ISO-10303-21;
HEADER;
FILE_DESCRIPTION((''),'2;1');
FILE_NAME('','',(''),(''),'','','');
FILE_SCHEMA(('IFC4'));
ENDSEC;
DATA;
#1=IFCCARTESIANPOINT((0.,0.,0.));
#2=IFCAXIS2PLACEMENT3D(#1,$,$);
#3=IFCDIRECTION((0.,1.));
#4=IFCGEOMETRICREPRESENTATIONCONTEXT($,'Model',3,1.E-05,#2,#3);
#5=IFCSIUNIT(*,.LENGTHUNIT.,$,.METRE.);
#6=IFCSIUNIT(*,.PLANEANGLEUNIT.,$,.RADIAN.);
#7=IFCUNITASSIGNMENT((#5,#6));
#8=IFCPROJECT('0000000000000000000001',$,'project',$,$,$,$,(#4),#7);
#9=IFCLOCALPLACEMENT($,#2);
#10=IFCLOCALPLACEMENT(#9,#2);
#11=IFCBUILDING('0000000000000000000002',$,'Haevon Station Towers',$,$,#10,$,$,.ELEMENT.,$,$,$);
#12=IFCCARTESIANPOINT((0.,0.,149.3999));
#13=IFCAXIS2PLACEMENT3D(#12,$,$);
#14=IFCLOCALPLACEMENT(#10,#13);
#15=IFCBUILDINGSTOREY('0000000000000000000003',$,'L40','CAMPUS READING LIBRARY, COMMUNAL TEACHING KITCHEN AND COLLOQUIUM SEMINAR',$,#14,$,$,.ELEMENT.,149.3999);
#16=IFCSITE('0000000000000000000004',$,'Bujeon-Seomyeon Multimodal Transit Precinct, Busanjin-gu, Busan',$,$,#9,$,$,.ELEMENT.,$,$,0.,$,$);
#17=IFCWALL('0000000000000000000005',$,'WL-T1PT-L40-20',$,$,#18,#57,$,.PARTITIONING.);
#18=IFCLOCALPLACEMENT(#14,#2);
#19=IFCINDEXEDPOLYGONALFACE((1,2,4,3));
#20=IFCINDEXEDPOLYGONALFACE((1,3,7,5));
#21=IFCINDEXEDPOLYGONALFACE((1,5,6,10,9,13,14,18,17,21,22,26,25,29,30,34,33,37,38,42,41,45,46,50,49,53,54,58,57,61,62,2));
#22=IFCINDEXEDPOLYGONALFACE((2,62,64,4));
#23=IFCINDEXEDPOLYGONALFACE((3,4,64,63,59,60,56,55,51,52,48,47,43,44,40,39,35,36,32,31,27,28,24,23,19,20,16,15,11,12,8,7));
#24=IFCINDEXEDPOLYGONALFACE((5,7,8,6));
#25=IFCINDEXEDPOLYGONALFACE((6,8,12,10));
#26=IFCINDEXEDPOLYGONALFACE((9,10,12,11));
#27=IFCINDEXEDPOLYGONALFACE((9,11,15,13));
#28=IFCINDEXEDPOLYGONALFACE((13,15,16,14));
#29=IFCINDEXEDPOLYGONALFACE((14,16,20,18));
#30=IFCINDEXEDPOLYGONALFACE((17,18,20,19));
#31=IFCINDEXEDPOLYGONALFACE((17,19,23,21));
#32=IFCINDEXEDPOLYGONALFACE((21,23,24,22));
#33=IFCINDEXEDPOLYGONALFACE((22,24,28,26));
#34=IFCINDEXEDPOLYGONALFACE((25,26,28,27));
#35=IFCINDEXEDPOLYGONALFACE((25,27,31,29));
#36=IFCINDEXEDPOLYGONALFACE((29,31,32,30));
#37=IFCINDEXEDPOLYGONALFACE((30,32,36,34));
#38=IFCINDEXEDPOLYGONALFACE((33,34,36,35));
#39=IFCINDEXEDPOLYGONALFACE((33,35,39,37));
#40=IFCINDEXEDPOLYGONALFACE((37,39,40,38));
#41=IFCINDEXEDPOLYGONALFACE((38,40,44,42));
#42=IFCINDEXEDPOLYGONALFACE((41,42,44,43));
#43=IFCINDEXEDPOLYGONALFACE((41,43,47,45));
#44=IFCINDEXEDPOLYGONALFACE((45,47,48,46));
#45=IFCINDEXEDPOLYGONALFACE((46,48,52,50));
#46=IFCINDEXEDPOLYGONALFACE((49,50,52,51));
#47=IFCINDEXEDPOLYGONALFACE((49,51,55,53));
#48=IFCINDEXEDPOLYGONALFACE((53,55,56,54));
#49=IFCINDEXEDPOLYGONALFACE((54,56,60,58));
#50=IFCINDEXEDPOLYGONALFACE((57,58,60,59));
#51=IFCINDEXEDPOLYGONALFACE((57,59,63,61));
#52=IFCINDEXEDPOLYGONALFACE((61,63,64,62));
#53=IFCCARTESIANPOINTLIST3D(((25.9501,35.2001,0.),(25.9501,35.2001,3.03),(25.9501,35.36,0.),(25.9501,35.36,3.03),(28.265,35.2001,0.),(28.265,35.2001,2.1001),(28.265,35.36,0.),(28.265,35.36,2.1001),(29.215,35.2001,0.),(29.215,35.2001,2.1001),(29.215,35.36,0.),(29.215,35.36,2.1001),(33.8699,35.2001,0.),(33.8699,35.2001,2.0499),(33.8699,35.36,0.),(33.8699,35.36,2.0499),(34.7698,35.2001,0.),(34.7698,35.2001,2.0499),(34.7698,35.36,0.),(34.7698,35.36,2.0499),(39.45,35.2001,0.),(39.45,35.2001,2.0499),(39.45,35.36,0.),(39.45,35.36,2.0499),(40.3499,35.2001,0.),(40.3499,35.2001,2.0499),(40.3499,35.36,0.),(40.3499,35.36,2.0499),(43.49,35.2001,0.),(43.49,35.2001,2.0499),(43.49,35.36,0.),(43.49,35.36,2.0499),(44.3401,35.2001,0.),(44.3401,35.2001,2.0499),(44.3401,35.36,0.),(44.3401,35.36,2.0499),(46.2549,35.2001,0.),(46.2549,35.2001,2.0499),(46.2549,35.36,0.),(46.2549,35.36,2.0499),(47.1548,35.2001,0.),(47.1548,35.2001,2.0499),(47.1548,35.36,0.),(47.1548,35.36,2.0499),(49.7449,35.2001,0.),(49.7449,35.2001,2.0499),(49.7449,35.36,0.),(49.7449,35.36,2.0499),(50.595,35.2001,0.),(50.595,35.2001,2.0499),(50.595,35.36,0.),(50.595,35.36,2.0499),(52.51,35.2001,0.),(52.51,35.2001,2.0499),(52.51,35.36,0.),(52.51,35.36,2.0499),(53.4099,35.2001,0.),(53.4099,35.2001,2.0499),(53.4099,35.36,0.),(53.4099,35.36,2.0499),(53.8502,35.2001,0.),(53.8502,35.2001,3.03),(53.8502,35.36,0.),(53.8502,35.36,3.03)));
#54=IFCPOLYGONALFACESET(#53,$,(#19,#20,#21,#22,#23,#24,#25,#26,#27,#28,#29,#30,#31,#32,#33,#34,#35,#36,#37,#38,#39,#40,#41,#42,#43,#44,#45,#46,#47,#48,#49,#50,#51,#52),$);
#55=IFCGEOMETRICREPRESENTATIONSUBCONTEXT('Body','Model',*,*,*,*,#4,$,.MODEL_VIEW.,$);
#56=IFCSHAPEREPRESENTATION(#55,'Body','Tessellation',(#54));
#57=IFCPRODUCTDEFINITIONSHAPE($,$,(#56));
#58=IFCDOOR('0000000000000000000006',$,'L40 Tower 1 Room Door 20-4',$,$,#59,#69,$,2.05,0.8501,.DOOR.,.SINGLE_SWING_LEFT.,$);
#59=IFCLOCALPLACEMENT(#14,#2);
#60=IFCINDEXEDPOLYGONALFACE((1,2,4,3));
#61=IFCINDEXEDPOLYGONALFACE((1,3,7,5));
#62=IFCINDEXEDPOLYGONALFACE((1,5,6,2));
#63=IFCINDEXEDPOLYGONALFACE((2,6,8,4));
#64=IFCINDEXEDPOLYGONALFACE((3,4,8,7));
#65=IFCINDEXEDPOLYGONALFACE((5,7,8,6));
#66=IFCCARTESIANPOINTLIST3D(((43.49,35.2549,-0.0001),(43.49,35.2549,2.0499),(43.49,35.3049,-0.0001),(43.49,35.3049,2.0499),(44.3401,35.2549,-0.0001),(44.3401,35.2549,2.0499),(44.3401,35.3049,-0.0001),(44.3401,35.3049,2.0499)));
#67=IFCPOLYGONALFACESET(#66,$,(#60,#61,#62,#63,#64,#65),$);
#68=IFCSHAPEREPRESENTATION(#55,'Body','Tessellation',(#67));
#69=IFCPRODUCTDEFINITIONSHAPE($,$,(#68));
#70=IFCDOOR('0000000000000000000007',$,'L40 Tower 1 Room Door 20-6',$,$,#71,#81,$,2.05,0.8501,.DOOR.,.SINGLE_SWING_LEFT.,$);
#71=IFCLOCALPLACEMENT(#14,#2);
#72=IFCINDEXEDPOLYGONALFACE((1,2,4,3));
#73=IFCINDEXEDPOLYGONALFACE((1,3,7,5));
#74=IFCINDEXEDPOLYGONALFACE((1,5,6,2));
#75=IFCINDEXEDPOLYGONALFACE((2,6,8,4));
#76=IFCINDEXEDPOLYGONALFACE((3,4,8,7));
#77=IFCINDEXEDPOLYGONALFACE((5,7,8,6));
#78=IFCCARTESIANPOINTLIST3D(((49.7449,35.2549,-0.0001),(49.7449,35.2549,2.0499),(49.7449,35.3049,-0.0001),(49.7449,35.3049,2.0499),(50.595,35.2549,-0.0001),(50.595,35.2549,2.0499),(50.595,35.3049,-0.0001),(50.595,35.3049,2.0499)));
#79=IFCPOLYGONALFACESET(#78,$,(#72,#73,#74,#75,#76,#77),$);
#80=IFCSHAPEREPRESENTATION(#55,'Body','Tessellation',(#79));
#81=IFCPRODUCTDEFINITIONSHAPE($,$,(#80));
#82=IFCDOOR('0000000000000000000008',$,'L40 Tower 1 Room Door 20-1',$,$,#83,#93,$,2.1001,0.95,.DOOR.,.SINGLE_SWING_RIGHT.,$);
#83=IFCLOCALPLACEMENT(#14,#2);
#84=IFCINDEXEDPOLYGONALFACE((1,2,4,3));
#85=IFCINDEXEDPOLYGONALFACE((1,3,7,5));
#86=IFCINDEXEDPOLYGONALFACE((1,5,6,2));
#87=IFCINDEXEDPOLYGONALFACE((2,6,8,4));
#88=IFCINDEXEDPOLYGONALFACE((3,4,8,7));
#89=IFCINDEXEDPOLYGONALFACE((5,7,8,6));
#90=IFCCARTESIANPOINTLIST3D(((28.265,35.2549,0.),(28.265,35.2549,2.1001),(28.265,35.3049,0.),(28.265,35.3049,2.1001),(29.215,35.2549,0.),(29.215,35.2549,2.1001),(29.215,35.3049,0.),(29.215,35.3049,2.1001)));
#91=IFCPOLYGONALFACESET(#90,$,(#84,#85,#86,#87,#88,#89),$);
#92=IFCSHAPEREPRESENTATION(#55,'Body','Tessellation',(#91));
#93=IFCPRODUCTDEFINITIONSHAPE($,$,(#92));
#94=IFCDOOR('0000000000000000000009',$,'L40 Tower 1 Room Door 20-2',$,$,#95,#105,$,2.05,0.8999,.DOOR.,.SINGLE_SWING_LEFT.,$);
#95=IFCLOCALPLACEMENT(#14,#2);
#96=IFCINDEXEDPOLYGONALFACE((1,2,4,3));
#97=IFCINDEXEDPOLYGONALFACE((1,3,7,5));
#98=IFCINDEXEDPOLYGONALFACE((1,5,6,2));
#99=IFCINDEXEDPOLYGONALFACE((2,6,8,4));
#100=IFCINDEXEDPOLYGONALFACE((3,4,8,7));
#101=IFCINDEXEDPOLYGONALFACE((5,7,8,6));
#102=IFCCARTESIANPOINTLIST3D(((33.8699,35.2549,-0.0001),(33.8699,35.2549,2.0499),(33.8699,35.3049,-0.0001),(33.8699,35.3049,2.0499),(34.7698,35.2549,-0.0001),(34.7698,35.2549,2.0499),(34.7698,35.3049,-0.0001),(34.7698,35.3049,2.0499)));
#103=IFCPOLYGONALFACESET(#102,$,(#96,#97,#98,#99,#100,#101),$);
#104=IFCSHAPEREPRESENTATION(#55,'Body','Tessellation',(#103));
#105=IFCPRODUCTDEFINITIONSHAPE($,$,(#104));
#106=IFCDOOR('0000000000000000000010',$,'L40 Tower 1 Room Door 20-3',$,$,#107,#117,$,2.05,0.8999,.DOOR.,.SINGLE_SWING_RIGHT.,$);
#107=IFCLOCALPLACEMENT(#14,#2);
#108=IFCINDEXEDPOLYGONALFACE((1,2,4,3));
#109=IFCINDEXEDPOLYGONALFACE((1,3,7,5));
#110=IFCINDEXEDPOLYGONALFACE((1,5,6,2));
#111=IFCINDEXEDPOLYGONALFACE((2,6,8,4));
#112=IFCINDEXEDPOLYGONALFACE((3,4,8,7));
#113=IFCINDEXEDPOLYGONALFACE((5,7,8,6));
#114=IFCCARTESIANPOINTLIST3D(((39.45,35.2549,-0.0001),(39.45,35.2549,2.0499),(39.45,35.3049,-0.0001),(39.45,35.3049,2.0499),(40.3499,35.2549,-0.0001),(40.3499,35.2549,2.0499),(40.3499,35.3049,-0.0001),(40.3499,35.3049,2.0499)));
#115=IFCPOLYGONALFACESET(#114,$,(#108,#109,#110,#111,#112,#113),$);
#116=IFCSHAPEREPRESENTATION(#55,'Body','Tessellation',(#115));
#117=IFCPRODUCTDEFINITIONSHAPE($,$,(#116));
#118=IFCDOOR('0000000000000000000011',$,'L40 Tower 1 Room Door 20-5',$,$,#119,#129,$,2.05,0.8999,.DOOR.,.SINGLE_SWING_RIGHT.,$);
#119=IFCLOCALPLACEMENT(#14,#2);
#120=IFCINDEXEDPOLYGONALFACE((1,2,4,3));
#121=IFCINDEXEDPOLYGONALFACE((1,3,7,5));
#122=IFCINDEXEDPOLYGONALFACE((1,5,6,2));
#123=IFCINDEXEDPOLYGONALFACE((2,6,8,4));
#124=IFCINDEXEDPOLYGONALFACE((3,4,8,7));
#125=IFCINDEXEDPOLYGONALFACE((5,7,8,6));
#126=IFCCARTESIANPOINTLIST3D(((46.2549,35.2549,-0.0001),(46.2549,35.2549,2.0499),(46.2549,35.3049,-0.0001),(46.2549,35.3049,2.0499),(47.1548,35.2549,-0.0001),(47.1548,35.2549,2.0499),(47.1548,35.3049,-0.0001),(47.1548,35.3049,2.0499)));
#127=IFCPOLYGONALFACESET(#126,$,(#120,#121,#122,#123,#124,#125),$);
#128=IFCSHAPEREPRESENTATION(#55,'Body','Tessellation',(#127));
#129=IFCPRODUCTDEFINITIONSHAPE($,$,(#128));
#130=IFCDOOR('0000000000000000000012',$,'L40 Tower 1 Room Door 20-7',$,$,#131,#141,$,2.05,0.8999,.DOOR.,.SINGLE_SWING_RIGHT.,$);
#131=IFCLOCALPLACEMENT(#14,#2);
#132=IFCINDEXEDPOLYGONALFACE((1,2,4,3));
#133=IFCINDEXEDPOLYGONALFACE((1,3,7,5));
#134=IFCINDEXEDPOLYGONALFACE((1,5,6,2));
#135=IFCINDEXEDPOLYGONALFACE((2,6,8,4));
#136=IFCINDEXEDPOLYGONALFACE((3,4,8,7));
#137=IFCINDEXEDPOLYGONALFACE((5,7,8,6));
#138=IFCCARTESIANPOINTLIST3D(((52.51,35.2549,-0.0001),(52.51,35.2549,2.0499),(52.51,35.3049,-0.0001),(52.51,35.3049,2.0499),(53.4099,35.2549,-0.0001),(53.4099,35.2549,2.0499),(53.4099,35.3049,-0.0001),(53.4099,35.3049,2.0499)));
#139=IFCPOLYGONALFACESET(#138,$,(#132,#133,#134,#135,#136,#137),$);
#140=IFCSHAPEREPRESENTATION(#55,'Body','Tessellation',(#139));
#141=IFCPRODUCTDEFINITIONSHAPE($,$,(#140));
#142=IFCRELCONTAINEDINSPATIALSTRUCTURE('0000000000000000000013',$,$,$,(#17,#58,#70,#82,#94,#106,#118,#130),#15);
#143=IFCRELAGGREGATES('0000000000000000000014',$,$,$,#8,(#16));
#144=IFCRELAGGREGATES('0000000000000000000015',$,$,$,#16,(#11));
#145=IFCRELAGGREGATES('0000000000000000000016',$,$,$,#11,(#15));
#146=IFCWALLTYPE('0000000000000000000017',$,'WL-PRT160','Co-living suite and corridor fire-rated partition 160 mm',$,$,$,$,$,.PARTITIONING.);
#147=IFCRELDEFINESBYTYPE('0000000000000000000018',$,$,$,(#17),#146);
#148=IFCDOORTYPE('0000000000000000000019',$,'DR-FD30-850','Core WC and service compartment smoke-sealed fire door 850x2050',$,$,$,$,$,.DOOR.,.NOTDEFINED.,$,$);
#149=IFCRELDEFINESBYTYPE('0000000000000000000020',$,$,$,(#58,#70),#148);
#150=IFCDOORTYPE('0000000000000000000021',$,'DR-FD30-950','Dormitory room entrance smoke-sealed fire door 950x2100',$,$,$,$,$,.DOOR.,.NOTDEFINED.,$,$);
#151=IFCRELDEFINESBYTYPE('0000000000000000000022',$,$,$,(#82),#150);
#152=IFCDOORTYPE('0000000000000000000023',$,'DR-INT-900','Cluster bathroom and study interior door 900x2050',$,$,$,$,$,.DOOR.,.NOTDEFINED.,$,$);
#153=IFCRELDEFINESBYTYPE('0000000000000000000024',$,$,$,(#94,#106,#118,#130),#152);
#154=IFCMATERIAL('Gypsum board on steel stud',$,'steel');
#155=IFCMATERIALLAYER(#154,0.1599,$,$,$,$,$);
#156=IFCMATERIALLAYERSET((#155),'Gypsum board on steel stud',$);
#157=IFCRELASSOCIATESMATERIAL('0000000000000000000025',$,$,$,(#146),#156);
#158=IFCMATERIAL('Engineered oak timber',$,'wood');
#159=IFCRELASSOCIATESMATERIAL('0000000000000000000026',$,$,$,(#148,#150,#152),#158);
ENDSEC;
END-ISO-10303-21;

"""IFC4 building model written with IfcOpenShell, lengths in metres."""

from ifc_helpers import new_model, si_unit, direction, frame, frame_2d, origin, place, context, subcontext, project, spatial, rectangle, extrude, material, layer, layer_set, type_object, element, fill, save


model = new_model("IFC4")

# Units and contexts
model_context = context("Model", 3, precision=1e-05, world=origin(), true_north=direction((0.0, 1.0)))
body_context = subcontext(model_context, "Body", "Model", "MODEL_VIEW")
ifc_project = project(units=[si_unit("LENGTHUNIT", "METRE"), si_unit("PLANEANGLEUNIT", "RADIAN")], contexts=[model_context])

# Site, building, storey
site_placement = place(None, origin())
site = spatial("IfcSite", under=ifc_project, at=site_placement, Name="Bujeon-Seomyeon Multimodal Transit Precinct, Busanjin-gu, Busan", CompositionType="ELEMENT", RefElevation=0.0)
building_placement = place(site_placement, origin())
building = spatial("IfcBuilding", under=site, at=building_placement, Name="Haevon Station Towers", CompositionType="ELEMENT")
storey_placement = place(building_placement, frame((0.0, 0.0, 149.3999)))
storey = spatial("IfcBuildingStorey", under=building, at=storey_placement, Name="L40", Description="CAMPUS READING LIBRARY, COMMUNAL TEACHING KITCHEN AND COLLOQUIUM SEMINAR", CompositionType="ELEMENT", Elevation=149.3999)

# Shared definitions
ifc_material_1 = material(Name="Gypsum board on steel stud", Category="steel")
ifc_material_2 = material(Name="Engineered oak timber", Category="wood")

# Wall, openings, doors
ifc_layer_1 = layer(ifc_material_1, 0.1599)
ifc_layer_set_1 = layer_set([ifc_layer_1], Name="Gypsum board on steel stud")
wall_type_1 = type_object("IfcWallType", Name="WL-PRT160", Description="Co-living suite and corridor fire-rated partition 160 mm", PredefinedType="PARTITIONING", material=ifc_layer_set_1)
wall_1_placement = place(storey_placement, frame((25.95, 35.28, 0.0), z_axis=(0.0, 0.0, 1.0), x_axis=(1.0, 0.0, 0.0)))
wall_1 = element("IfcWall", 1, at=wall_1_placement, inside=storey, type_object=wall_type_1, Name="WL-T1PT-L40-20", PredefinedType="PARTITIONING", context=body_context, shape_type="SweptSolid", body=[
    extrude(rectangle(XDim=27.9001, YDim=0.1599, at=frame_2d((13.9502, 0.0))), origin(), (0.0, 0.0, 1.0), 3.03),
])
opening_1_placement = place(wall_1_placement, frame((2.3149, 0.0, 0.0)))
opening_1 = element("IfcOpeningElement", 2, at=opening_1_placement, cuts=wall_1, PredefinedType="OPENING", context=body_context, shape_type="SweptSolid", body=[
    extrude(rectangle(XDim=0.95, YDim=2.1001, at=frame_2d((0.4751, 1.05))), frame((0.0, 0.0898, 0.0), z_axis=(0.0, -1.0, 0.0), x_axis=(1.0, 0.0, 0.0)), (0.0, 0.0, 1.0), 0.1799),
])
opening_2_placement = place(wall_1_placement, frame((7.9199, 0.0, 0.0)))
opening_2 = element("IfcOpeningElement", 3, at=opening_2_placement, cuts=wall_1, PredefinedType="OPENING", context=body_context, shape_type="SweptSolid", body=[
    extrude(rectangle(XDim=0.8999, YDim=2.05, at=frame_2d((0.45, 1.0249))), frame((0.0, 0.0898, 0.0), z_axis=(0.0, -1.0, 0.0), x_axis=(1.0, 0.0, 0.0)), (0.0, 0.0, 1.0), 0.1799),
])
opening_3_placement = place(wall_1_placement, frame((13.5, 0.0, 0.0)))
opening_3 = element("IfcOpeningElement", 4, at=opening_3_placement, cuts=wall_1, PredefinedType="OPENING", context=body_context, shape_type="SweptSolid", body=[
    extrude(rectangle(XDim=0.8999, YDim=2.05, at=frame_2d((0.45, 1.0249))), frame((0.0, 0.0898, 0.0), z_axis=(0.0, -1.0, 0.0), x_axis=(1.0, 0.0, 0.0)), (0.0, 0.0, 1.0), 0.1799),
])
opening_4_placement = place(wall_1_placement, frame((17.54, 0.0, 0.0)))
opening_4 = element("IfcOpeningElement", 5, at=opening_4_placement, cuts=wall_1, PredefinedType="OPENING", context=body_context, shape_type="SweptSolid", body=[
    extrude(rectangle(XDim=0.8501, YDim=2.05, at=frame_2d((0.425, 1.0249))), frame((0.0, 0.0898, 0.0), z_axis=(0.0, -1.0, 0.0), x_axis=(1.0, 0.0, 0.0)), (0.0, 0.0, 1.0), 0.1799),
])
opening_5_placement = place(wall_1_placement, frame((20.3049, 0.0, 0.0)))
opening_5 = element("IfcOpeningElement", 6, at=opening_5_placement, cuts=wall_1, PredefinedType="OPENING", context=body_context, shape_type="SweptSolid", body=[
    extrude(rectangle(XDim=0.8999, YDim=2.05, at=frame_2d((0.45, 1.0249))), frame((0.0, 0.0898, 0.0), z_axis=(0.0, -1.0, 0.0), x_axis=(1.0, 0.0, 0.0)), (0.0, 0.0, 1.0), 0.1799),
])
opening_6_placement = place(wall_1_placement, frame((23.7949, 0.0, 0.0)))
opening_6 = element("IfcOpeningElement", 7, at=opening_6_placement, cuts=wall_1, PredefinedType="OPENING", context=body_context, shape_type="SweptSolid", body=[
    extrude(rectangle(XDim=0.8501, YDim=2.05, at=frame_2d((0.425, 1.0249))), frame((0.0, 0.0898, 0.0), z_axis=(0.0, -1.0, 0.0), x_axis=(1.0, 0.0, 0.0)), (0.0, 0.0, 1.0), 0.1799),
])
opening_7_placement = place(wall_1_placement, frame((26.5601, 0.0, 0.0)))
opening_7 = element("IfcOpeningElement", 8, at=opening_7_placement, cuts=wall_1, PredefinedType="OPENING", context=body_context, shape_type="SweptSolid", body=[
    extrude(rectangle(XDim=0.8999, YDim=2.05, at=frame_2d((0.45, 1.0249))), frame((0.0, 0.0898, 0.0), z_axis=(0.0, -1.0, 0.0), x_axis=(1.0, 0.0, 0.0)), (0.0, 0.0, 1.0), 0.1799),
])
door_type_1 = type_object("IfcDoorType", Name="DR-FD30-850", Description="Core WC and service compartment smoke-sealed fire door 850x2050", OperationType="NOTDEFINED", PredefinedType="DOOR", material=ifc_material_2)
door_1_placement = place(opening_4_placement, origin())
door_1 = element("IfcDoor", 9, at=door_1_placement, inside=storey, type_object=door_type_1, Name="L40 Tower 1 Room Door 20-4", OperationType="SINGLE_SWING_LEFT", OverallHeight=2.05, OverallWidth=0.8501, PredefinedType="DOOR", context=body_context, shape_type="SweptSolid", body=[
    extrude(rectangle(XDim=0.8501, YDim=2.05, at=frame_2d((0.425, 1.0249))), frame((0.0, 0.0249, 0.0), z_axis=(0.0, -1.0, 0.0), x_axis=(1.0, 0.0, 0.0)), (0.0, 0.0, 1.0), 0.05),
])
fill(opening_4, door_1)
door_2_placement = place(opening_6_placement, origin())
door_2 = element("IfcDoor", 10, at=door_2_placement, inside=storey, type_object=door_type_1, Name="L40 Tower 1 Room Door 20-6", OperationType="SINGLE_SWING_LEFT", OverallHeight=2.05, OverallWidth=0.8501, PredefinedType="DOOR", context=body_context, shape_type="SweptSolid", body=[
    extrude(rectangle(XDim=0.8501, YDim=2.05, at=frame_2d((0.425, 1.0249))), frame((0.0, 0.0249, 0.0), z_axis=(0.0, -1.0, 0.0), x_axis=(1.0, 0.0, 0.0)), (0.0, 0.0, 1.0), 0.05),
])
fill(opening_6, door_2)
door_type_2 = type_object("IfcDoorType", Name="DR-FD30-950", Description="Dormitory room entrance smoke-sealed fire door 950x2100", OperationType="NOTDEFINED", PredefinedType="DOOR", material=ifc_material_2)
door_3_placement = place(opening_1_placement, origin())
door_3 = element("IfcDoor", 11, at=door_3_placement, inside=storey, type_object=door_type_2, Name="L40 Tower 1 Room Door 20-1", OperationType="SINGLE_SWING_RIGHT", OverallHeight=2.1001, OverallWidth=0.95, PredefinedType="DOOR", context=body_context, shape_type="SweptSolid", body=[
    extrude(rectangle(XDim=0.95, YDim=2.1001, at=frame_2d((0.4751, 1.05))), frame((0.0, 0.0249, 0.0), z_axis=(0.0, -1.0, 0.0), x_axis=(1.0, 0.0, 0.0)), (0.0, 0.0, 1.0), 0.05),
])
fill(opening_1, door_3)
door_type_3 = type_object("IfcDoorType", Name="DR-INT-900", Description="Cluster bathroom and study interior door 900x2050", OperationType="NOTDEFINED", PredefinedType="DOOR", material=ifc_material_2)
door_4_placement = place(opening_2_placement, origin())
door_4 = element("IfcDoor", 12, at=door_4_placement, inside=storey, type_object=door_type_3, Name="L40 Tower 1 Room Door 20-2", OperationType="SINGLE_SWING_LEFT", OverallHeight=2.05, OverallWidth=0.8999, PredefinedType="DOOR", context=body_context, shape_type="SweptSolid", body=[
    extrude(rectangle(XDim=0.8999, YDim=2.05, at=frame_2d((0.45, 1.0249))), frame((0.0, 0.0249, 0.0), z_axis=(0.0, -1.0, 0.0), x_axis=(1.0, 0.0, 0.0)), (0.0, 0.0, 1.0), 0.05),
])
fill(opening_2, door_4)
door_5_placement = place(opening_3_placement, origin())
door_5 = element("IfcDoor", 13, at=door_5_placement, inside=storey, type_object=door_type_3, Name="L40 Tower 1 Room Door 20-3", OperationType="SINGLE_SWING_RIGHT", OverallHeight=2.05, OverallWidth=0.8999, PredefinedType="DOOR", context=body_context, shape_type="SweptSolid", body=[
    extrude(rectangle(XDim=0.8999, YDim=2.05, at=frame_2d((0.45, 1.0249))), frame((0.0, 0.0249, 0.0), z_axis=(0.0, -1.0, 0.0), x_axis=(1.0, 0.0, 0.0)), (0.0, 0.0, 1.0), 0.05),
])
fill(opening_3, door_5)
door_6_placement = place(opening_5_placement, origin())
door_6 = element("IfcDoor", 14, at=door_6_placement, inside=storey, type_object=door_type_3, Name="L40 Tower 1 Room Door 20-5", OperationType="SINGLE_SWING_RIGHT", OverallHeight=2.05, OverallWidth=0.8999, PredefinedType="DOOR", context=body_context, shape_type="SweptSolid", body=[
    extrude(rectangle(XDim=0.8999, YDim=2.05, at=frame_2d((0.45, 1.0249))), frame((0.0, 0.0249, 0.0), z_axis=(0.0, -1.0, 0.0), x_axis=(1.0, 0.0, 0.0)), (0.0, 0.0, 1.0), 0.05),
])
fill(opening_5, door_6)
door_7_placement = place(opening_7_placement, origin())
door_7 = element("IfcDoor", 15, at=door_7_placement, inside=storey, type_object=door_type_3, Name="L40 Tower 1 Room Door 20-7", OperationType="SINGLE_SWING_RIGHT", OverallHeight=2.05, OverallWidth=0.8999, PredefinedType="DOOR", context=body_context, shape_type="SweptSolid", body=[
    extrude(rectangle(XDim=0.8999, YDim=2.05, at=frame_2d((0.45, 1.0249))), frame((0.0, 0.0249, 0.0), z_axis=(0.0, -1.0, 0.0), x_axis=(1.0, 0.0, 0.0)), (0.0, 0.0, 1.0), 0.05),
])
fill(opening_7, door_7)

save(model, "model.ifc")
